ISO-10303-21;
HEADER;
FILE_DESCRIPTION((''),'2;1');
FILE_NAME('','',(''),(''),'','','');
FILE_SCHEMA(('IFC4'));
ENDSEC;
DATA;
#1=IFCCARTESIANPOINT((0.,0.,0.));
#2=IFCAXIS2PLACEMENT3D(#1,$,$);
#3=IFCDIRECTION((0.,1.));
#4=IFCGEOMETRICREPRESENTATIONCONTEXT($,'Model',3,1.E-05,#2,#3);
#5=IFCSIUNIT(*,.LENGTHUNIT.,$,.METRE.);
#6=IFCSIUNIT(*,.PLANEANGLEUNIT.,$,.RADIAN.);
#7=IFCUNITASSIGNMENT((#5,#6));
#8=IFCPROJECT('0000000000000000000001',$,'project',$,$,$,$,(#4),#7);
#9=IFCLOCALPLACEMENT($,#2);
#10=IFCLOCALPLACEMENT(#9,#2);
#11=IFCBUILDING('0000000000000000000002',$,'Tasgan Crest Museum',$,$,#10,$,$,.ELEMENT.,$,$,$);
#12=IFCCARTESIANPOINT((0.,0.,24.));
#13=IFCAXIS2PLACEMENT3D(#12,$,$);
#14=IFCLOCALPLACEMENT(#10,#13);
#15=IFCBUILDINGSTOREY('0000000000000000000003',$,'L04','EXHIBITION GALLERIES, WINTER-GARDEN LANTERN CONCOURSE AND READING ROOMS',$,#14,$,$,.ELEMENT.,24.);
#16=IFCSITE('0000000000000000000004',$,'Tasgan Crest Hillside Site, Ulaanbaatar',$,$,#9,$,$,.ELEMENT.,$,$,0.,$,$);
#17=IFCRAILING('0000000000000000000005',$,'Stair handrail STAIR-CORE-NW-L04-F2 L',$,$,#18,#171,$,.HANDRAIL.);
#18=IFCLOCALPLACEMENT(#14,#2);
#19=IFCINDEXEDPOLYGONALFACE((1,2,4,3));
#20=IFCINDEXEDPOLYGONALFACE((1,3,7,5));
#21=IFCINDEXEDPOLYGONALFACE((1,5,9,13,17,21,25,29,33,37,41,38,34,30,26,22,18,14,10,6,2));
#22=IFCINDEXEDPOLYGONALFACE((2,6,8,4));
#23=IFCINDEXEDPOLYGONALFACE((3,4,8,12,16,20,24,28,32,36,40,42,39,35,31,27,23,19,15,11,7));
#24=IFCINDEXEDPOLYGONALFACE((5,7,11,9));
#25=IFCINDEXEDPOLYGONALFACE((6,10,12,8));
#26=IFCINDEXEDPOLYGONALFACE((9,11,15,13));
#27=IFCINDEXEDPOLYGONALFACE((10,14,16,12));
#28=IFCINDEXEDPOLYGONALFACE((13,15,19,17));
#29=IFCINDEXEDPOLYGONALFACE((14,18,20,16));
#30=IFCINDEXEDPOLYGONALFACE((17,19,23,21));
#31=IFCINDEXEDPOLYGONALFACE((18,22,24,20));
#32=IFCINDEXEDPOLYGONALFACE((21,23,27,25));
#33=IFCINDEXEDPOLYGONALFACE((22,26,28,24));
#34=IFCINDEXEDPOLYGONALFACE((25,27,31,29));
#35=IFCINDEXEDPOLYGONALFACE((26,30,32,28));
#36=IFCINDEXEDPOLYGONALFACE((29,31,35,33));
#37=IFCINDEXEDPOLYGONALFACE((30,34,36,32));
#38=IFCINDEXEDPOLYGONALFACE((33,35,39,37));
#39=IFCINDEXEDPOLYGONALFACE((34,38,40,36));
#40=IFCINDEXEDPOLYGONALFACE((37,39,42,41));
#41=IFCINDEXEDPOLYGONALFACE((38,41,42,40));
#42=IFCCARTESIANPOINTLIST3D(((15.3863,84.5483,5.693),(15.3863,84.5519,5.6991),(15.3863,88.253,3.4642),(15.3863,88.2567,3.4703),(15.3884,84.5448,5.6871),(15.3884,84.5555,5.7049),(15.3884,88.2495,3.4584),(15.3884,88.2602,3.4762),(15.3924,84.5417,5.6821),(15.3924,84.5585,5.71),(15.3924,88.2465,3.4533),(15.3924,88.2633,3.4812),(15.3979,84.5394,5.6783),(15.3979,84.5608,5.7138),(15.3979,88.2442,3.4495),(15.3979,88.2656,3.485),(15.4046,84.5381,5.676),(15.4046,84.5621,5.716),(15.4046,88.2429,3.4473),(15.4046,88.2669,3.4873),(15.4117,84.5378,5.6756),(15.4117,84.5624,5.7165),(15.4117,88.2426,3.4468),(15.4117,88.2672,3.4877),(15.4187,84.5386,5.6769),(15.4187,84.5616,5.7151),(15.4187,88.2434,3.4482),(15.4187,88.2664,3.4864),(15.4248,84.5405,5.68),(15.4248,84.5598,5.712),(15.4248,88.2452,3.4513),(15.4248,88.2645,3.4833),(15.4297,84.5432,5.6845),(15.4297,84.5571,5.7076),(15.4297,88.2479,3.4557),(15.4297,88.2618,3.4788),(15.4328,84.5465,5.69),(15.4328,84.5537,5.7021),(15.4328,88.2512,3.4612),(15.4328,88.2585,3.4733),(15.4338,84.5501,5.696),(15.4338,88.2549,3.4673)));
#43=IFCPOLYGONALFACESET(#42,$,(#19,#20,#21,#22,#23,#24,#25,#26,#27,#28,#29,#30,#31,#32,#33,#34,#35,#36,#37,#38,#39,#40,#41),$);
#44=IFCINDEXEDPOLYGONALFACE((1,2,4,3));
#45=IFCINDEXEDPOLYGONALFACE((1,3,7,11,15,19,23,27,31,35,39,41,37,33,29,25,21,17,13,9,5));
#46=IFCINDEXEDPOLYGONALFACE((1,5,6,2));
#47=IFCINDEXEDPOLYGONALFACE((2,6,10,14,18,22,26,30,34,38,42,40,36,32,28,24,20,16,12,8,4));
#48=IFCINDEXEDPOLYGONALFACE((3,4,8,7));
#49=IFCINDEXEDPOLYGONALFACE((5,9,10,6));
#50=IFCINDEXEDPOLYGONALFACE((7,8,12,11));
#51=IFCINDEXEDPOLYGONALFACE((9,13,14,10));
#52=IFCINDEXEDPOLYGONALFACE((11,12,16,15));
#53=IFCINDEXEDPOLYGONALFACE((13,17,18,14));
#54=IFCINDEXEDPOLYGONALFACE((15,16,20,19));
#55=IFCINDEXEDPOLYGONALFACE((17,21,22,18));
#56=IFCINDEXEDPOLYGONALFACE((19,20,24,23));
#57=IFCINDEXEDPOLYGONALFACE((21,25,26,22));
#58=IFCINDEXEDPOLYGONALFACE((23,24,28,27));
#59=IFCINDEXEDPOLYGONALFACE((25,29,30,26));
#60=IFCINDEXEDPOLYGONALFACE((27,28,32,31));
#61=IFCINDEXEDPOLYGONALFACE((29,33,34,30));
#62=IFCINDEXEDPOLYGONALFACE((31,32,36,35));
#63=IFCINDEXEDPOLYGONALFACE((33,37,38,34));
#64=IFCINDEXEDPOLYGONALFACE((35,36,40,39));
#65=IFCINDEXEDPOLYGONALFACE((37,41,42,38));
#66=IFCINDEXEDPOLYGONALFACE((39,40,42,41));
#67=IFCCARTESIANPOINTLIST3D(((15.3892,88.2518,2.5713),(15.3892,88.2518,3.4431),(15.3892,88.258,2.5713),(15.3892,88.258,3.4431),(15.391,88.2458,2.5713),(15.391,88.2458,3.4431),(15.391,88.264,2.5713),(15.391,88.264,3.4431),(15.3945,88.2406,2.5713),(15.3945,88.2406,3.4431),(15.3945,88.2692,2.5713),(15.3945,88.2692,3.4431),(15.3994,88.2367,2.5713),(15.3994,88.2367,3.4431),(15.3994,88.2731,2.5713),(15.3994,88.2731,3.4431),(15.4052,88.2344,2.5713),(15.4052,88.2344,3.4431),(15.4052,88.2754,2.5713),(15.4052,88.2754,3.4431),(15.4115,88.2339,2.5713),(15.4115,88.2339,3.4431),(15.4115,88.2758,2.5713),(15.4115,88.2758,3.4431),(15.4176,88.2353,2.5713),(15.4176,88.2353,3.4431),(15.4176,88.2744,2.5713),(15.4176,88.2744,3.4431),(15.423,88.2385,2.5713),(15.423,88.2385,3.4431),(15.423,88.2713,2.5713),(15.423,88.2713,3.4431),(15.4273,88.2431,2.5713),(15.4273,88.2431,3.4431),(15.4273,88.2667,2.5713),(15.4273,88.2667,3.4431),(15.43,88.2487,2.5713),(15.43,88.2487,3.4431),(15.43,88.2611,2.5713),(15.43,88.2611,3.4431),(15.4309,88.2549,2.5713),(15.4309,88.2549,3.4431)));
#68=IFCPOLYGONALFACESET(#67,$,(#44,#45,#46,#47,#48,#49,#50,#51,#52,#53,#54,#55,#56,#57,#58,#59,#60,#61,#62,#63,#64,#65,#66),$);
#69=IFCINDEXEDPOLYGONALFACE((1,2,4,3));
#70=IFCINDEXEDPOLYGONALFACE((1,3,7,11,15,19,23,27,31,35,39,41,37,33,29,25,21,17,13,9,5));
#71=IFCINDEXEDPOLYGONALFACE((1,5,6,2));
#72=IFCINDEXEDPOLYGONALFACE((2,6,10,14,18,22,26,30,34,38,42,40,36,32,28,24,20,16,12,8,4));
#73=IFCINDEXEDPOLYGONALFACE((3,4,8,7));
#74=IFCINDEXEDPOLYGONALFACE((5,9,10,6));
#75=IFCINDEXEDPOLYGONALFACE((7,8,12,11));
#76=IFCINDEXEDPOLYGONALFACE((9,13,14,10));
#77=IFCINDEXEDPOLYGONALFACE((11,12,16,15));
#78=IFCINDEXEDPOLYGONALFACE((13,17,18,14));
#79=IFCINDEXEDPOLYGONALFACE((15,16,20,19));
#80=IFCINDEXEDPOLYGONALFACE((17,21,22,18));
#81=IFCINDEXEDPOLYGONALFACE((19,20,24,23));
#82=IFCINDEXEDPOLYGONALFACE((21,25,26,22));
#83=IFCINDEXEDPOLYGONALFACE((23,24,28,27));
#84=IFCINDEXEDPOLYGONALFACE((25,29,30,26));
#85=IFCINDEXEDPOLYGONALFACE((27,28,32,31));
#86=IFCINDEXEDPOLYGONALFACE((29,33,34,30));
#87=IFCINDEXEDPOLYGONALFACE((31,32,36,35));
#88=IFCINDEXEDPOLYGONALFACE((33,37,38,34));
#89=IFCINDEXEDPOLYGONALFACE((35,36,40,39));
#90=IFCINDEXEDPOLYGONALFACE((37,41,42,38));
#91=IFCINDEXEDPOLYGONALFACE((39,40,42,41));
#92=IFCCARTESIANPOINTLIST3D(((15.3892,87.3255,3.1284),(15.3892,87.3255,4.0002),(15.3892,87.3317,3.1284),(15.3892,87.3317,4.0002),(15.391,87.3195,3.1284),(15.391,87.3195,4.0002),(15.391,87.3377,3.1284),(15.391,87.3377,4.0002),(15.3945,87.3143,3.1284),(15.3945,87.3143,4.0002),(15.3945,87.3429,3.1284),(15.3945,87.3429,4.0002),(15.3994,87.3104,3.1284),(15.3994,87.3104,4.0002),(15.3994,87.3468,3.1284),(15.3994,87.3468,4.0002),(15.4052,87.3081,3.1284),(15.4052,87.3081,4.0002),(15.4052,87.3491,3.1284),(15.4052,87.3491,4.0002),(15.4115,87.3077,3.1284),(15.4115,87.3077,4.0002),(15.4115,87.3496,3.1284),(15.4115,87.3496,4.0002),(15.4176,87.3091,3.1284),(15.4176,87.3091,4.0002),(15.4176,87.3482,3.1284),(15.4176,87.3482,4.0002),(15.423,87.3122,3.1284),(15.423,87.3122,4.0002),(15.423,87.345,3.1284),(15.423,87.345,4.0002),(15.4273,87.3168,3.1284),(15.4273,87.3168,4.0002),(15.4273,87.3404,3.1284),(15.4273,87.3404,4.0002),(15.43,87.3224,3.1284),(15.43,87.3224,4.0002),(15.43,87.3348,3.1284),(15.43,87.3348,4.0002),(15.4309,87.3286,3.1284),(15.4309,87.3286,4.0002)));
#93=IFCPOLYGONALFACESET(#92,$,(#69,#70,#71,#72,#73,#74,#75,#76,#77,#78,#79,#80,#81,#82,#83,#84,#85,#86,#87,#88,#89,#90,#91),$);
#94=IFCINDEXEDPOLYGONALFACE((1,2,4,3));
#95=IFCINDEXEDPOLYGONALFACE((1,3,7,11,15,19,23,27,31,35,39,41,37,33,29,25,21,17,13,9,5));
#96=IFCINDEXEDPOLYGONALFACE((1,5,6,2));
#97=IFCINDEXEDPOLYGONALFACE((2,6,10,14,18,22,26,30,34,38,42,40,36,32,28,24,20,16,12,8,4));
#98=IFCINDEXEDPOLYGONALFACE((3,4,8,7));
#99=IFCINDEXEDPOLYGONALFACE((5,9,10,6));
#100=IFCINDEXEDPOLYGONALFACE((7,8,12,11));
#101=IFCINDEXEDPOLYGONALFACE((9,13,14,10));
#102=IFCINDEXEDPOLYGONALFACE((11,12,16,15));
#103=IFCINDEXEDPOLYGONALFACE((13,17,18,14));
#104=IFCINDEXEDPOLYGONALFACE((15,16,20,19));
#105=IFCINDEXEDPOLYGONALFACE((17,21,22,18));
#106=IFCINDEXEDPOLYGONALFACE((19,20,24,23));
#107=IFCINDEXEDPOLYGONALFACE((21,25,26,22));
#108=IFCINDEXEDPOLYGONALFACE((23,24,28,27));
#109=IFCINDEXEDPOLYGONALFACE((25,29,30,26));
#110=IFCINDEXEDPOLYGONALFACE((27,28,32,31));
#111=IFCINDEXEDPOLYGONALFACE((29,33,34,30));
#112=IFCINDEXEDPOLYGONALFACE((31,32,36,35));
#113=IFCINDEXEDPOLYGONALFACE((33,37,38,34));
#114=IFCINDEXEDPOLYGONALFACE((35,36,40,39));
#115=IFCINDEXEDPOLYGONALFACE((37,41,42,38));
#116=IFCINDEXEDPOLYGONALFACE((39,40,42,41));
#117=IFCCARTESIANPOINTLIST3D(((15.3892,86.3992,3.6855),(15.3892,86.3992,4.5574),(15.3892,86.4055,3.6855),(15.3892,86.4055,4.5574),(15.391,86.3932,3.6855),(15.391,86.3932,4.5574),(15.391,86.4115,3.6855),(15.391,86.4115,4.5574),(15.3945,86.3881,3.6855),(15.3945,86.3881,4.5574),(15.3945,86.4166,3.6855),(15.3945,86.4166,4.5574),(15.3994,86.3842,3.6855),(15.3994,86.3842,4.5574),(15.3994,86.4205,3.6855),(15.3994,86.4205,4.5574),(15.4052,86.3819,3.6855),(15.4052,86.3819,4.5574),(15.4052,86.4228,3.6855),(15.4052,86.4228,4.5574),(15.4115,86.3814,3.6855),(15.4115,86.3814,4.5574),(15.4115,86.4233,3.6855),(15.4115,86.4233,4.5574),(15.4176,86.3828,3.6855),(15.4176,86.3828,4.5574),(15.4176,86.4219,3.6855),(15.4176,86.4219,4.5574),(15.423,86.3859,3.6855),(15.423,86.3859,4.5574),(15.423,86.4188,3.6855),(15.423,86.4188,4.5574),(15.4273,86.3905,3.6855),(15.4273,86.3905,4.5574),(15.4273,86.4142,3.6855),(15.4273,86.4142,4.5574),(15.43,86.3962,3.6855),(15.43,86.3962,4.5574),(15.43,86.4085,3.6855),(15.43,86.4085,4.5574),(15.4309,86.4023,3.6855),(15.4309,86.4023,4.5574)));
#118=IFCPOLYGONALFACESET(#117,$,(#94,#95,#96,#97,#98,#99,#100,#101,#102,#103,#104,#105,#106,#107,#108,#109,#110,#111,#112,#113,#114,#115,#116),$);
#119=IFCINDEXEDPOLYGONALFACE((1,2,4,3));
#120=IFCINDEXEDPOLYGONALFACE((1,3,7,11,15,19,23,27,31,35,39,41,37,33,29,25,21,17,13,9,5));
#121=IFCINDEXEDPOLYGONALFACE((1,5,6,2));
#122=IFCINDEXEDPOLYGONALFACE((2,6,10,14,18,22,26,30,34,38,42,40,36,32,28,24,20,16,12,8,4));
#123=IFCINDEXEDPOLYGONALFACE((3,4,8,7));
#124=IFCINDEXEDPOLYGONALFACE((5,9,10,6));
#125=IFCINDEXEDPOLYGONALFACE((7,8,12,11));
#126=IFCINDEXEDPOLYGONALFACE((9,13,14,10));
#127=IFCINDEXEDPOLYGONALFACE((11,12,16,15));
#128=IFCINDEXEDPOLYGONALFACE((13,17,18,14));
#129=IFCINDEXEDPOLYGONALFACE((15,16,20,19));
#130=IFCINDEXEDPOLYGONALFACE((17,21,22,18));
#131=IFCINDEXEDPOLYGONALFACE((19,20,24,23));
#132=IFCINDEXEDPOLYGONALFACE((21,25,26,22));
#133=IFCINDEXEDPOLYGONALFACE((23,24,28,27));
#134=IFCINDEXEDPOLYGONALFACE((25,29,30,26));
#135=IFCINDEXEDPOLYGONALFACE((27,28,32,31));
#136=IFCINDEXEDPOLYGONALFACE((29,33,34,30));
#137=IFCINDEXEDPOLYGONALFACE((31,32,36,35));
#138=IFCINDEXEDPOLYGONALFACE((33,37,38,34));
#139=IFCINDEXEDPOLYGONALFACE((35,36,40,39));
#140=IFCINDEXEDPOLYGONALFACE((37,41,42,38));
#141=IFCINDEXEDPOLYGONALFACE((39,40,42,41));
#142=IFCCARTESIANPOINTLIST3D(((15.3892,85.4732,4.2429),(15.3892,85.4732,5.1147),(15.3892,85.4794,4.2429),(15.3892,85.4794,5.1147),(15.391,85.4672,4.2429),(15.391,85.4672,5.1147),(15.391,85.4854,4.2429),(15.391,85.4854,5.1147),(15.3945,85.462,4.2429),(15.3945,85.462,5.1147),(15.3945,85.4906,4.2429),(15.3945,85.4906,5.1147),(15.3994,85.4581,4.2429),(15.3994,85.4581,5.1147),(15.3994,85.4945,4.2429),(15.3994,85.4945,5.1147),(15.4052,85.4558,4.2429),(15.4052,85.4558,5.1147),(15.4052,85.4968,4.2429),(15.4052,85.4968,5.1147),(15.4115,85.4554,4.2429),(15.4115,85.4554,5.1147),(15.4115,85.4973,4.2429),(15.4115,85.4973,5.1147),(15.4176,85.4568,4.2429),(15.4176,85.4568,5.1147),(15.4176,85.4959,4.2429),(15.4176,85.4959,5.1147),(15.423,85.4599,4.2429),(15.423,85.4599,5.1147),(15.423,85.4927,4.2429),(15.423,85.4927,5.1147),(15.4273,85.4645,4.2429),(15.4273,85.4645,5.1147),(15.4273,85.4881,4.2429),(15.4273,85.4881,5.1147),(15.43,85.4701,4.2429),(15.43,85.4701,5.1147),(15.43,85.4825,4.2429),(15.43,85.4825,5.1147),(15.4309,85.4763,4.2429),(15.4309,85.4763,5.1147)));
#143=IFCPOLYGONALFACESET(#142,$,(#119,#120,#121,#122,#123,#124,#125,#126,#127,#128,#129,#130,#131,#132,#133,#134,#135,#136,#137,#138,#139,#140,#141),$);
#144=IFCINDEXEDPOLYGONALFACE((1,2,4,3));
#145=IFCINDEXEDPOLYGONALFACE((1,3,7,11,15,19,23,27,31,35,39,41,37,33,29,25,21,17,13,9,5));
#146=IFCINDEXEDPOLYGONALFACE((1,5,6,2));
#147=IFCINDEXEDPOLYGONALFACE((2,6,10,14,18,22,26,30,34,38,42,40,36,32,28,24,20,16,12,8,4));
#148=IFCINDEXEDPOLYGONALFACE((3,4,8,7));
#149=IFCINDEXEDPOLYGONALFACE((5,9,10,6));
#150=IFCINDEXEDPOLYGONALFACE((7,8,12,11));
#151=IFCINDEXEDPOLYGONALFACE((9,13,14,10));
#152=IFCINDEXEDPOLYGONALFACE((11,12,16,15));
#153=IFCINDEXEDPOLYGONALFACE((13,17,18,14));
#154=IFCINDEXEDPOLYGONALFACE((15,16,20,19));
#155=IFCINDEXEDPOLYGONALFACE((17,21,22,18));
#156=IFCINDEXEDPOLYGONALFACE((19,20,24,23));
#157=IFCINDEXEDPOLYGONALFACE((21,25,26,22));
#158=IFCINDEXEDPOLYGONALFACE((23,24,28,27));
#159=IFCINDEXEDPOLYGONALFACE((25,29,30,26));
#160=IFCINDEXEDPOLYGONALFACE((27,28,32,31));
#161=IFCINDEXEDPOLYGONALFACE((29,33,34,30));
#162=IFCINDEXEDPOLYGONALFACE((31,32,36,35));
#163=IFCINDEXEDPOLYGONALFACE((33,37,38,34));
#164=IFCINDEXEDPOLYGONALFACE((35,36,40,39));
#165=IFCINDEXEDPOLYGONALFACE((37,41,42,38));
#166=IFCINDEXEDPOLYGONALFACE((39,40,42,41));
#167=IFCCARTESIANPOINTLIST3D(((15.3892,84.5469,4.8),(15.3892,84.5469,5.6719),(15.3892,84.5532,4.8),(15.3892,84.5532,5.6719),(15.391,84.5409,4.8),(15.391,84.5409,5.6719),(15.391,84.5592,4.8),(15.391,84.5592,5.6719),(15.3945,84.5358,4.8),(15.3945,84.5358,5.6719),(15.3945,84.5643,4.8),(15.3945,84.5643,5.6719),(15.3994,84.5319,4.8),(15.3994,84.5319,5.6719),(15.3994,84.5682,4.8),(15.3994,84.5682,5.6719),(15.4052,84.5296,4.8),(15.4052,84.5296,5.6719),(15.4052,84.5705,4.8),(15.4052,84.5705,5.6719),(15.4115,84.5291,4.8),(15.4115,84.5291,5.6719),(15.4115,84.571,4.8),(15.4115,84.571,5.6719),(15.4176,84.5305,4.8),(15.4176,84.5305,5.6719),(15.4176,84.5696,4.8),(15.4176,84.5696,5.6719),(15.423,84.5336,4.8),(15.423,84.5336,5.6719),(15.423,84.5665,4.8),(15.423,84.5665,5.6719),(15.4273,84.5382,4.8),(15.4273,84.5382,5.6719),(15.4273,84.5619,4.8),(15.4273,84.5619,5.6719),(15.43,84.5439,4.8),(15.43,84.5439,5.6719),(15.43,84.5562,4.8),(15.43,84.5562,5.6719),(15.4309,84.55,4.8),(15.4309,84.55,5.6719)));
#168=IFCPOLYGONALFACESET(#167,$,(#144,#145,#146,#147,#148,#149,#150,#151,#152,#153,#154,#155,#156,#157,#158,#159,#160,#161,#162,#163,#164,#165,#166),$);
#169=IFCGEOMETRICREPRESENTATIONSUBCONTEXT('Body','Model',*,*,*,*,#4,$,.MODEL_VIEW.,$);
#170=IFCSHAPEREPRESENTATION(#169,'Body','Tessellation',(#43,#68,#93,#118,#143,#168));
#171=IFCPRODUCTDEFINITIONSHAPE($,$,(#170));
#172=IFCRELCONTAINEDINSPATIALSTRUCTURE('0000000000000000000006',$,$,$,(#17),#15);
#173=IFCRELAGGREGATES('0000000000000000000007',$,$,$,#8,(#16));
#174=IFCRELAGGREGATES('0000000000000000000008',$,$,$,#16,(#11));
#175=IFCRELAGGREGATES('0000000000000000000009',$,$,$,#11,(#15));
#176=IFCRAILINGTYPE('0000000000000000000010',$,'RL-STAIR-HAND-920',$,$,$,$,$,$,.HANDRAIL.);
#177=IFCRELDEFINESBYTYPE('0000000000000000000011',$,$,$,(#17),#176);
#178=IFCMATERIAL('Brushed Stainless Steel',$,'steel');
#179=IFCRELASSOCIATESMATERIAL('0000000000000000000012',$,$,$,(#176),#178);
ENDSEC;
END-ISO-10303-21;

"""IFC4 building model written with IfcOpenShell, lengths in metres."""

from ifc_helpers import new_model, si_unit, direction, frame, origin, origin_2d, place, context, subcontext, project, spatial, circle, extrude, material, type_object, element, save


model = new_model("IFC4")

# Units and contexts
model_context = context("Model", 3, precision=1e-05, world=origin(), true_north=direction((0.0, 1.0)))
body_context = subcontext(model_context, "Body", "Model", "MODEL_VIEW")
ifc_project = project(units=[si_unit("LENGTHUNIT", "METRE"), si_unit("PLANEANGLEUNIT", "RADIAN")], contexts=[model_context])

# Site, building, storey
site_placement = place(None, origin())
site = spatial("IfcSite", under=ifc_project, at=site_placement, Name="Tasgan Crest Hillside Site, Ulaanbaatar", CompositionType="ELEMENT", RefElevation=0.0)
building_placement = place(site_placement, origin())
building = spatial("IfcBuilding", under=site, at=building_placement, Name="Tasgan Crest Museum", CompositionType="ELEMENT")
storey_placement = place(building_placement, frame((0.0, 0.0, 24.0)))
storey = spatial("IfcBuildingStorey", under=building, at=storey_placement, Name="L04", Description="EXHIBITION GALLERIES, WINTER-GARDEN LANTERN CONCOURSE AND READING ROOMS", CompositionType="ELEMENT", Elevation=24.0)

# Railing
ifc_material_1 = material(Name="Brushed Stainless Steel", Category="steel")
railing_type_1 = type_object("IfcRailingType", Name="RL-STAIR-HAND-920", PredefinedType="HANDRAIL", material=ifc_material_1)
for number, where, name in (
    (1, (15.4099, 88.2549, 2.5713), "Stair handrail STAIR-CORE-NW-L04-F2 L"),
):
    element("IfcRailing", number, at=place(storey_placement, frame(where)), inside=storey, type_object=railing_type_1, Name=name, PredefinedType="HANDRAIL", context=body_context, shape_type="SweptSolid", body=[
        extrude(circle(Radius=0.0239, at=origin_2d()), frame((0.0, 0.0, 0.896), z_axis=(0.0, -0.856894, 0.515492), x_axis=(1.0, 0.0, 0.0)), (0.0, 0.0, 1.0), 4.3235),
        extrude(circle(Radius=0.021, at=origin_2d()), origin(), (0.0, 0.0, 1.0), 0.8718),
        extrude(circle(Radius=0.021, at=origin_2d()), frame((0.0, -0.9263, 0.5571)), (0.0, 0.0, 1.0), 0.8718),
        extrude(circle(Radius=0.021, at=origin_2d()), frame((0.0, -1.8525, 1.1143)), (0.0, 0.0, 1.0), 0.8718),
        extrude(circle(Radius=0.021, at=origin_2d()), frame((0.0, -2.7786, 1.6716)), (0.0, 0.0, 1.0), 0.8718),
        extrude(circle(Radius=0.021, at=origin_2d()), frame((0.0, -3.7048, 2.2288)), (0.0, 0.0, 1.0), 0.8718),
    ])

save(model, "model.ifc")
